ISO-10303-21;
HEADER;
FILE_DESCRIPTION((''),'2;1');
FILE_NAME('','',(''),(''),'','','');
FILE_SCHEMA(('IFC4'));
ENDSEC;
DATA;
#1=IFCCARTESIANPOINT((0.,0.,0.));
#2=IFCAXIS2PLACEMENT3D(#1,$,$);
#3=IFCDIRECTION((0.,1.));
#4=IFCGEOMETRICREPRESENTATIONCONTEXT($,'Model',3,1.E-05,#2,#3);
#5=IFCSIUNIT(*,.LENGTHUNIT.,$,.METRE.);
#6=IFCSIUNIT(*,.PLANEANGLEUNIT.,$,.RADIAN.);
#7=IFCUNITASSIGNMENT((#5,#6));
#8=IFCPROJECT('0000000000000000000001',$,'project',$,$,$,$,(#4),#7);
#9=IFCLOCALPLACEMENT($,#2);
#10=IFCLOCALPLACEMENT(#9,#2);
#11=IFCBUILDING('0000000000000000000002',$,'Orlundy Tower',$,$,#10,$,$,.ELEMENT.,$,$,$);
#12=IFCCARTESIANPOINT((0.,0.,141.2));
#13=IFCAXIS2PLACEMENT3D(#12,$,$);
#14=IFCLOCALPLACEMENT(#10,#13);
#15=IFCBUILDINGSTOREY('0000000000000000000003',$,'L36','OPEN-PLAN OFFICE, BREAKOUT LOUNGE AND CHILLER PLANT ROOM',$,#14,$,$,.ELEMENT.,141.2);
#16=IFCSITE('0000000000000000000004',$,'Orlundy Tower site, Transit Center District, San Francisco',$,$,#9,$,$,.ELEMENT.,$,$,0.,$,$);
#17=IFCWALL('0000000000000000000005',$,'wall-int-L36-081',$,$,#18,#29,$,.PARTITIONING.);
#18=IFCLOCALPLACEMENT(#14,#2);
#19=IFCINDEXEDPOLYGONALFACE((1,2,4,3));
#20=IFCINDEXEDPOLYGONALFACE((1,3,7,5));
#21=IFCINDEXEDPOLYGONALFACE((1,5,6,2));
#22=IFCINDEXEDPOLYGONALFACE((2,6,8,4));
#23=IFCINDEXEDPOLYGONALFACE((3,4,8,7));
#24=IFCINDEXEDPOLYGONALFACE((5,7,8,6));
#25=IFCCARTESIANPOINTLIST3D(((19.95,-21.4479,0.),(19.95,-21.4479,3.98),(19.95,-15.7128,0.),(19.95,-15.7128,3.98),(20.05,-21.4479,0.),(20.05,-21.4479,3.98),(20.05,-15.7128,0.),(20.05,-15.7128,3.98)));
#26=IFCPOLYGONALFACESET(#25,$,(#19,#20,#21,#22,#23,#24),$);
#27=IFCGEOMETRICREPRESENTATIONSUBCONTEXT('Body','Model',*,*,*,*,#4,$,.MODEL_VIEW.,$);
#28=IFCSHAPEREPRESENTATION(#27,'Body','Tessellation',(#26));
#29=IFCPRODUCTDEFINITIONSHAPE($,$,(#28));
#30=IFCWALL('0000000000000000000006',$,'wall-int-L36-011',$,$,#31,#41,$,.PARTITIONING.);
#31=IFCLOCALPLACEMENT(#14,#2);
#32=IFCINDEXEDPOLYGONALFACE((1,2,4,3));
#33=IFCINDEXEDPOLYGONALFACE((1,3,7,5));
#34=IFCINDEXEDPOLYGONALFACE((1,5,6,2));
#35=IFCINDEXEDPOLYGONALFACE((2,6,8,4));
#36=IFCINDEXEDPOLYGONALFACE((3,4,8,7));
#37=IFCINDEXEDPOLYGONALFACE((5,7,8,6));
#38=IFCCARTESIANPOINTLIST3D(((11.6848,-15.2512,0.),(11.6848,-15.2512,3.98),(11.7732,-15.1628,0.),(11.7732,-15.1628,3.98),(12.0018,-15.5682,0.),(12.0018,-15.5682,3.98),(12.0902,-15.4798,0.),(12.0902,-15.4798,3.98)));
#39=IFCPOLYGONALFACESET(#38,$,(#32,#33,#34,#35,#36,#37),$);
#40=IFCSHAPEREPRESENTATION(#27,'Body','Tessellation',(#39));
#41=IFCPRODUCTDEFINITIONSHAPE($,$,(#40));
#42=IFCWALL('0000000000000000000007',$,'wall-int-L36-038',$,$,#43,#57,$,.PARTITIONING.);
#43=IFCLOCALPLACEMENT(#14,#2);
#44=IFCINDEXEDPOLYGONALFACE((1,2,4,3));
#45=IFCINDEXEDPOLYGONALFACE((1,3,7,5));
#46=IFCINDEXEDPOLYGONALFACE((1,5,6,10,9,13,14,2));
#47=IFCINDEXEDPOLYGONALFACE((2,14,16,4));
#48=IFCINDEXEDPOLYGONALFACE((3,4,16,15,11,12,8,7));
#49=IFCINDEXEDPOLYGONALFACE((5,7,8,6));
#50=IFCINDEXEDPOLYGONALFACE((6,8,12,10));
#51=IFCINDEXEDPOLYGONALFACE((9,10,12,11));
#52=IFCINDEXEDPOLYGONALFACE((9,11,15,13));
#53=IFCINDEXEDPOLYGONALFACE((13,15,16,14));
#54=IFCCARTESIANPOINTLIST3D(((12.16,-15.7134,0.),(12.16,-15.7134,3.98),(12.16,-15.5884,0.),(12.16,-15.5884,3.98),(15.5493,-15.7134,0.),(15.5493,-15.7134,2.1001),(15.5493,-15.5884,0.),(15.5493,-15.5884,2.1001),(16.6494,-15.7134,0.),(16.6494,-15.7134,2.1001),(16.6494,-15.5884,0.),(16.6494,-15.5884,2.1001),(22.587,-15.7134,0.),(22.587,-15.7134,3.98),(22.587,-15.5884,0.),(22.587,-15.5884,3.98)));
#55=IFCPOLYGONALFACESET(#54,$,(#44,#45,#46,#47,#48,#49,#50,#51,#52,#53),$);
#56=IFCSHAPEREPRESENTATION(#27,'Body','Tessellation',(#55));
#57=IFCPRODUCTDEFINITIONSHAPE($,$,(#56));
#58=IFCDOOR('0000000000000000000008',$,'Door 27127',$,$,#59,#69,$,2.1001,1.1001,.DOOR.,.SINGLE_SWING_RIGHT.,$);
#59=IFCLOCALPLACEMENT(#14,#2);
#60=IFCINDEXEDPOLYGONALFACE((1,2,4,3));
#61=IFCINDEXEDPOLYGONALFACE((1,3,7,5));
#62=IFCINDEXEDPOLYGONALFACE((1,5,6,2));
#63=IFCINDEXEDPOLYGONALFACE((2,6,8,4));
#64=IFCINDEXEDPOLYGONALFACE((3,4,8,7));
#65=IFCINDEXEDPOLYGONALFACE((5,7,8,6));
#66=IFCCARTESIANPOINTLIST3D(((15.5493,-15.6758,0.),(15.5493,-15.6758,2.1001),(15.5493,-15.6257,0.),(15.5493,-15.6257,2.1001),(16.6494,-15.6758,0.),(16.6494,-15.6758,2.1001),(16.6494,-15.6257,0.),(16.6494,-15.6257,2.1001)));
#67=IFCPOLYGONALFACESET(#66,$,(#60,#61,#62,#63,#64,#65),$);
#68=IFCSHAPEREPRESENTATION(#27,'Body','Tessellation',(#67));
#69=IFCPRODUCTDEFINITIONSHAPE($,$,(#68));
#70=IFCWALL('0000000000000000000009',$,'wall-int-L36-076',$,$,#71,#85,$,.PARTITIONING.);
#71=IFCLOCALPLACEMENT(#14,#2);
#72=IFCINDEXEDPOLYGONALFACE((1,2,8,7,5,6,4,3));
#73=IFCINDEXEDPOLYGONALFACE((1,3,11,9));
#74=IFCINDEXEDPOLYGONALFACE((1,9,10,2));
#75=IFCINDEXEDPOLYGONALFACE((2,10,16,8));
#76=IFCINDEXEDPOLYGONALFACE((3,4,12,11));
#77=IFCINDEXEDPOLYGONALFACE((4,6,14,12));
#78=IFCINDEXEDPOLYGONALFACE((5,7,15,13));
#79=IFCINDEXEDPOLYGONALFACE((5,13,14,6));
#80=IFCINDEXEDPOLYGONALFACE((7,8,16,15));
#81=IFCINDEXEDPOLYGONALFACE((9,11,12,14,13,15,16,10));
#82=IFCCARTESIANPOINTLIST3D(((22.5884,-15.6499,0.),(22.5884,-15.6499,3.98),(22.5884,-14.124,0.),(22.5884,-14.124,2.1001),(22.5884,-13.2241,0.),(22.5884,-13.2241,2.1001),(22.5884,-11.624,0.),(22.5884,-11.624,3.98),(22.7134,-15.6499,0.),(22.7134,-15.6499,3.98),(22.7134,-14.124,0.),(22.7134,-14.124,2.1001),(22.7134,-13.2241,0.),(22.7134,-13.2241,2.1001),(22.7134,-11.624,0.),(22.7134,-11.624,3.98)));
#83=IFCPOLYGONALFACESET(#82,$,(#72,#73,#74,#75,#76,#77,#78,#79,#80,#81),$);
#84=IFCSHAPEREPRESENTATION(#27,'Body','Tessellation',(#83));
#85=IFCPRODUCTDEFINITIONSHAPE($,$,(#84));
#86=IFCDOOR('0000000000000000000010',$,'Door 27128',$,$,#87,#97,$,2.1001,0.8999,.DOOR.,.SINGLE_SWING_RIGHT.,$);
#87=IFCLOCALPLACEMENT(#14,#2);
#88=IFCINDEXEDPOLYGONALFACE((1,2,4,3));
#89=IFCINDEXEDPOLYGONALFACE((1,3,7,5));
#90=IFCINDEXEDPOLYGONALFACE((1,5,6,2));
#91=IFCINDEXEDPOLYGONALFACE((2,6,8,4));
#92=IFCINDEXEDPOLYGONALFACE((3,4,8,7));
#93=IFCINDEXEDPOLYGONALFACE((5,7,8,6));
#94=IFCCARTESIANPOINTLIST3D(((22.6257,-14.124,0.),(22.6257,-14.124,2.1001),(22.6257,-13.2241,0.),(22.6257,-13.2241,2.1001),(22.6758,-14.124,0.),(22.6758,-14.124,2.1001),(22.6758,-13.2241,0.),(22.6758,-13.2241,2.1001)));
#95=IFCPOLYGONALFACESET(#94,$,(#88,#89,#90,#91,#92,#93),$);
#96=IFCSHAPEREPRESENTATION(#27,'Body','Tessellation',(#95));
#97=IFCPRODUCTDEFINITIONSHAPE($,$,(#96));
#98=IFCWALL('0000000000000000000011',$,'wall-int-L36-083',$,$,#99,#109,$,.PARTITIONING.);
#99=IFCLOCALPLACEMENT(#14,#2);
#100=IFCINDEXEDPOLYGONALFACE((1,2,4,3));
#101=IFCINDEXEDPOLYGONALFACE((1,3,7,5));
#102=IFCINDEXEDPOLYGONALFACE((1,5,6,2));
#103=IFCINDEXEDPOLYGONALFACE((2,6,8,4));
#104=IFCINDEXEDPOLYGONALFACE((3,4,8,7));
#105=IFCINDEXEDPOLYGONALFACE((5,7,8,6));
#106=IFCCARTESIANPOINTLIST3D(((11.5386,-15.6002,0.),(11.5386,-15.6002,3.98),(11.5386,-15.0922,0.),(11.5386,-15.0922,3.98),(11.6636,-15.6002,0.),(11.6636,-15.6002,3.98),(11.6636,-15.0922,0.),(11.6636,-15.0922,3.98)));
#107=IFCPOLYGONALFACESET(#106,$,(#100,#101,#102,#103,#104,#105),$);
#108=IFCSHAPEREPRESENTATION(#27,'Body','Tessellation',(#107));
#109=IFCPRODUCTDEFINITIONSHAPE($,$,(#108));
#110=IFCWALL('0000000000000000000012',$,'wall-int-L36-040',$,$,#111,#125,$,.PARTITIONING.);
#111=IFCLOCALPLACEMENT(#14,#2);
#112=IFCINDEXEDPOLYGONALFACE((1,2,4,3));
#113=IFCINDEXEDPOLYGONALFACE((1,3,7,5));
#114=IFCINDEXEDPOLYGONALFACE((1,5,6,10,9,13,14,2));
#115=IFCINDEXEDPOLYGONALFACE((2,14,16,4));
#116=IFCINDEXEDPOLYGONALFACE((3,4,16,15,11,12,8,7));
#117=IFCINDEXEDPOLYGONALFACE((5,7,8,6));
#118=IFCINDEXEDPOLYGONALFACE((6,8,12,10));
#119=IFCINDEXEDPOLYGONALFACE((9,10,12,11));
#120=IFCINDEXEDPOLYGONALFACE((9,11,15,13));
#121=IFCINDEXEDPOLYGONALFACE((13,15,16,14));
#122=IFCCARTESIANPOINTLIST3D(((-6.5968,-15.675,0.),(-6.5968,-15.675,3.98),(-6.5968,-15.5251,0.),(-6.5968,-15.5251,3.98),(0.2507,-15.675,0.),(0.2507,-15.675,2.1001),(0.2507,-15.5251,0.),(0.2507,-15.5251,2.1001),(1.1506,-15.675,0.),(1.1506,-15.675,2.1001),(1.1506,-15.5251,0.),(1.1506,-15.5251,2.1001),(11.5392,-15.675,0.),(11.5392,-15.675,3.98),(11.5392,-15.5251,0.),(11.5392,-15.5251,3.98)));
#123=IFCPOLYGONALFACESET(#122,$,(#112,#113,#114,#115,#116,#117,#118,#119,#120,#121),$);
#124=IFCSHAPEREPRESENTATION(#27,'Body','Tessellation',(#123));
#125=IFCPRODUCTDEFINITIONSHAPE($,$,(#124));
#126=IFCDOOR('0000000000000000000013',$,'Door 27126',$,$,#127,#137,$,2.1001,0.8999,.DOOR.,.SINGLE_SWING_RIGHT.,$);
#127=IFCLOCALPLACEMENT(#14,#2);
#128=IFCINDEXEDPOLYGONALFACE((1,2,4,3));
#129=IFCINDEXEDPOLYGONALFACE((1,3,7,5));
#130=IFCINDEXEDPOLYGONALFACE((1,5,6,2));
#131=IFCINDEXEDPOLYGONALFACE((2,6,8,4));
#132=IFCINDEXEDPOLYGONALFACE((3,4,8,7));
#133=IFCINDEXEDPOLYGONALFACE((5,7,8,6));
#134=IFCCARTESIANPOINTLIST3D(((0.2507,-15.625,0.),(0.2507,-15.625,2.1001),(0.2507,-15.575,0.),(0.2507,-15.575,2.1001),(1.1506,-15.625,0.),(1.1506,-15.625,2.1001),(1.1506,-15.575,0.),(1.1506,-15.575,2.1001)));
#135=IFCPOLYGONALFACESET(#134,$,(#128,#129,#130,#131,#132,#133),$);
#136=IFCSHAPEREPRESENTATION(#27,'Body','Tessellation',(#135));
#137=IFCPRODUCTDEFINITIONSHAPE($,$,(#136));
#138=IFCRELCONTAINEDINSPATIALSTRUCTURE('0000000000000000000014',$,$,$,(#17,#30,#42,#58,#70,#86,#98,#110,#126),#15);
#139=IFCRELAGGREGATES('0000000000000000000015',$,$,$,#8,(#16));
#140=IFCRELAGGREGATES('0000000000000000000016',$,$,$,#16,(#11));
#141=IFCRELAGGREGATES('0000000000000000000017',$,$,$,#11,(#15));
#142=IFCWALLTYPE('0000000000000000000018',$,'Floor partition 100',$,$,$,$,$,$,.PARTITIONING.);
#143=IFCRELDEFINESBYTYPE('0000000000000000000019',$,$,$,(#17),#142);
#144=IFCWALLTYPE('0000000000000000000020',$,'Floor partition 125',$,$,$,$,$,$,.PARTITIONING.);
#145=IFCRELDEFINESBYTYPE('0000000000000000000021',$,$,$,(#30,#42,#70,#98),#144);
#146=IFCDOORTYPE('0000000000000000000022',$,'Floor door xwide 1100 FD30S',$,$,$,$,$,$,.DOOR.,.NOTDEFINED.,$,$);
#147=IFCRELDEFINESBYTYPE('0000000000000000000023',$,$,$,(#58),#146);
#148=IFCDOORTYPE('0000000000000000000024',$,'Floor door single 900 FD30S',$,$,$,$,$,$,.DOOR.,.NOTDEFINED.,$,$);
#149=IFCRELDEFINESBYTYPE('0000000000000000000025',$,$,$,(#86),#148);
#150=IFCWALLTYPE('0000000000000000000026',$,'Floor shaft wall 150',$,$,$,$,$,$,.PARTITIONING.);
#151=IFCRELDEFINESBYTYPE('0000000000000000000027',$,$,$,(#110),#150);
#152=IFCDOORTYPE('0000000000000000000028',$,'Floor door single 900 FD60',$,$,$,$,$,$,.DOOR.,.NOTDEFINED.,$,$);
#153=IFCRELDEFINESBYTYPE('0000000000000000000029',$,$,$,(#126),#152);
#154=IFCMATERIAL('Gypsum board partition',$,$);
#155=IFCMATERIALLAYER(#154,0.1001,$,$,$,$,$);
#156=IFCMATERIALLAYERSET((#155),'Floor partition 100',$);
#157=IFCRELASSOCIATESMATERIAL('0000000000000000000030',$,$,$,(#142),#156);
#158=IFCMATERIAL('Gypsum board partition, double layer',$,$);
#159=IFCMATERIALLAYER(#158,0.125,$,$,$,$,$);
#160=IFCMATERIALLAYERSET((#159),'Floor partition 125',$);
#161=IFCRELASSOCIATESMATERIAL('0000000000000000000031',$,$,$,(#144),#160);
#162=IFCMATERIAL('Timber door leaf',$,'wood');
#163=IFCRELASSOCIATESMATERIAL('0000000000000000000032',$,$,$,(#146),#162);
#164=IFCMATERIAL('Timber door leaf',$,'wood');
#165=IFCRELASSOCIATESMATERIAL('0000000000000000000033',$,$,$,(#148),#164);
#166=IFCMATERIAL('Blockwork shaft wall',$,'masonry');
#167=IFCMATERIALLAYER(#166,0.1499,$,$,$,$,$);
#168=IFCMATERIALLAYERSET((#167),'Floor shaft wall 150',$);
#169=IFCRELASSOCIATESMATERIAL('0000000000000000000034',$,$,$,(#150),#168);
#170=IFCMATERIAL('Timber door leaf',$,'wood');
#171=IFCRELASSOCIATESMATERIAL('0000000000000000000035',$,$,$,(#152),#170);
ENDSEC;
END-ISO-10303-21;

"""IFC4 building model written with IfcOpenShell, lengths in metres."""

from ifc_helpers import new_model, si_unit, direction, frame, frame_2d, origin, place, context, subcontext, project, spatial, rectangle, extrude, material, layer, layer_set, type_object, element, fill, save


model = new_model("IFC4")

# Units and contexts
model_context = context("Model", 3, precision=1e-05, world=origin(), true_north=direction((0.0, 1.0)))
body_context = subcontext(model_context, "Body", "Model", "MODEL_VIEW")
ifc_project = project(units=[si_unit("LENGTHUNIT", "METRE"), si_unit("PLANEANGLEUNIT", "RADIAN")], contexts=[model_context])

# Site, building, storey
site_placement = place(None, origin())
site = spatial("IfcSite", under=ifc_project, at=site_placement, Name="Orlundy Tower site, Transit Center District, San Francisco", CompositionType="ELEMENT", RefElevation=0.0)
building_placement = place(site_placement, origin())
building = spatial("IfcBuilding", under=site, at=building_placement, Name="Orlundy Tower", CompositionType="ELEMENT")
storey_placement = place(building_placement, frame((0.0, 0.0, 141.2)))
storey = spatial("IfcBuildingStorey", under=building, at=storey_placement, Name="L36", Description="OPEN-PLAN OFFICE, BREAKOUT LOUNGE AND CHILLER PLANT ROOM", CompositionType="ELEMENT", Elevation=141.2)

# Walls
ifc_material_1 = material(Name="Gypsum board partition")
ifc_layer_1 = layer(ifc_material_1, 0.1001)
ifc_layer_set_1 = layer_set([ifc_layer_1], Name="Floor partition 100")
wall_type_1 = type_object("IfcWallType", Name="Floor partition 100", PredefinedType="PARTITIONING", material=ifc_layer_set_1)
wall_1_placement = place(storey_placement, frame((20.0, -21.448, 0.0), z_axis=(0.0, 0.0, 1.0), x_axis=(0.0, 1.0, 0.0)))
element("IfcWall", 1, at=wall_1_placement, inside=storey, type_object=wall_type_1, Name="wall-int-L36-081", PredefinedType="PARTITIONING", context=body_context, shape_type="SweptSolid", body=[
    extrude(rectangle(XDim=5.7351, YDim=0.1001, at=frame_2d((2.8677, 0.0))), origin(), (0.0, 0.0, 1.0), 3.98),
])
ifc_material_2 = material(Name="Gypsum board partition, double layer")
ifc_layer_2 = layer(ifc_material_2, 0.125)
ifc_layer_set_2 = layer_set([ifc_layer_2], Name="Floor partition 125")
wall_type_2 = type_object("IfcWallType", Name="Floor partition 125", PredefinedType="PARTITIONING", material=ifc_layer_set_2)
wall_2_placement = place(storey_placement, frame((11.729, -15.207, 0.0), z_axis=(0.0, 0.0, 1.0), x_axis=(0.707107, -0.707107, 0.0)))
element("IfcWall", 2, at=wall_2_placement, inside=storey, type_object=wall_type_2, Name="wall-int-L36-011", PredefinedType="PARTITIONING", context=body_context, shape_type="SweptSolid", body=[
    extrude(rectangle(XDim=0.4482, YDim=0.125, at=frame_2d((0.2241, 0.0))), origin(), (0.0, 0.0, 1.0), 3.98),
])

# Walls, openings, doors
wall_3_placement = place(storey_placement, frame((22.5869, -15.6509, 0.0), z_axis=(0.0, 0.0, 1.0), x_axis=(-1.0, 0.0, 0.0)))
wall_3 = element("IfcWall", 3, at=wall_3_placement, inside=storey, type_object=wall_type_2, Name="wall-int-L36-038", PredefinedType="PARTITIONING", context=body_context, shape_type="SweptSolid", body=[
    extrude(rectangle(XDim=10.427, YDim=0.125, at=frame_2d((5.2134, 0.0))), origin(), (0.0, 0.0, 1.0), 3.98),
])
opening_1_placement = place(wall_3_placement, frame((5.9375, 0.0, 0.0)))
opening_1 = element("IfcOpeningElement", 4, at=opening_1_placement, cuts=wall_3, PredefinedType="OPENING", context=body_context, shape_type="SweptSolid", body=[
    extrude(rectangle(XDim=1.1001, YDim=2.1001, at=frame_2d((0.55, 1.05))), frame((0.0, 0.0725, 0.0), z_axis=(0.0, -1.0, 0.0), x_axis=(1.0, 0.0, 0.0)), (0.0, 0.0, 1.0), 0.145),
])
ifc_material_3 = material(Name="Timber door leaf", Category="wood")
door_type_1 = type_object("IfcDoorType", Name="Floor door xwide 1100 FD30S", OperationType="NOTDEFINED", PredefinedType="DOOR", material=ifc_material_3)
door_1_placement = place(opening_1_placement, origin())
door_1 = element("IfcDoor", 5, at=door_1_placement, inside=storey, type_object=door_type_1, Name="Door 27127", OperationType="SINGLE_SWING_RIGHT", OverallHeight=2.1001, OverallWidth=1.1001, PredefinedType="DOOR", context=body_context, shape_type="SweptSolid", body=[
    extrude(rectangle(XDim=1.1001, YDim=2.1001, at=frame_2d((0.55, 1.05))), frame((0.0, 0.0249, 0.0), z_axis=(0.0, -1.0, 0.0), x_axis=(1.0, 0.0, 0.0)), (0.0, 0.0, 1.0), 0.05),
])
fill(opening_1, door_1)
wall_4_placement = place(storey_placement, frame((22.6509, -11.624, 0.0), z_axis=(0.0, 0.0, 1.0), x_axis=(0.0, -1.0, 0.0)))
wall_4 = element("IfcWall", 6, at=wall_4_placement, inside=storey, type_object=wall_type_2, Name="wall-int-L36-076", PredefinedType="PARTITIONING", context=body_context, shape_type="SweptSolid", body=[
    extrude(rectangle(XDim=4.0259, YDim=0.125, at=frame_2d((2.0129, 0.0))), origin(), (0.0, 0.0, 1.0), 3.98),
])
opening_2_placement = place(wall_4_placement, frame((1.6001, 0.0, 0.0)))
opening_2 = element("IfcOpeningElement", 7, at=opening_2_placement, cuts=wall_4, PredefinedType="OPENING", context=body_context, shape_type="SweptSolid", body=[
    extrude(rectangle(XDim=0.8999, YDim=2.1001, at=frame_2d((0.45, 1.05))), frame((0.0, 0.0725, 0.0), z_axis=(0.0, -1.0, 0.0), x_axis=(1.0, 0.0, 0.0)), (0.0, 0.0, 1.0), 0.145),
])
ifc_material_4 = material(Name="Timber door leaf", Category="wood")
door_type_2 = type_object("IfcDoorType", Name="Floor door single 900 FD30S", OperationType="NOTDEFINED", PredefinedType="DOOR", material=ifc_material_4)
door_2_placement = place(opening_2_placement, origin())
door_2 = element("IfcDoor", 8, at=door_2_placement, inside=storey, type_object=door_type_2, Name="Door 27128", OperationType="SINGLE_SWING_RIGHT", OverallHeight=2.1001, OverallWidth=0.8999, PredefinedType="DOOR", context=body_context, shape_type="SweptSolid", body=[
    extrude(rectangle(XDim=0.8999, YDim=2.1001, at=frame_2d((0.45, 1.05))), frame((0.0, 0.0249, 0.0), z_axis=(0.0, -1.0, 0.0), x_axis=(1.0, 0.0, 0.0)), (0.0, 0.0, 1.0), 0.05),
])
fill(opening_2, door_2)

# Wall
wall_5_placement = place(storey_placement, frame((11.6011, -15.6001, 0.0), z_axis=(0.0, 0.0, 1.0), x_axis=(0.0, 1.0, 0.0)))
element("IfcWall", 9, at=wall_5_placement, inside=storey, type_object=wall_type_2, Name="wall-int-L36-083", PredefinedType="PARTITIONING", context=body_context, shape_type="SweptSolid", body=[
    extrude(rectangle(XDim=0.5081, YDim=0.125, at=frame_2d((0.2539, 0.0))), origin(), (0.0, 0.0, 1.0), 3.98),
])

# Wall, opening, door
ifc_material_5 = material(Name="Blockwork shaft wall", Category="masonry")
ifc_layer_3 = layer(ifc_material_5, 0.1499)
ifc_layer_set_3 = layer_set([ifc_layer_3], Name="Floor shaft wall 150")
wall_type_3 = type_object("IfcWallType", Name="Floor shaft wall 150", PredefinedType="PARTITIONING", material=ifc_layer_set_3)
wall_6_placement = place(storey_placement, frame((11.5391, -15.6001, 0.0), z_axis=(0.0, 0.0, 1.0), x_axis=(-1.0, 0.0, 0.0)))
wall_6 = element("IfcWall", 10, at=wall_6_placement, inside=storey, type_object=wall_type_3, Name="wall-int-L36-040", PredefinedType="PARTITIONING", context=body_context, shape_type="SweptSolid", body=[
    extrude(rectangle(XDim=18.136, YDim=0.1499, at=frame_2d((9.0679, 0.0))), origin(), (0.0, 0.0, 1.0), 3.98),
])
opening_3_placement = place(wall_6_placement, frame((10.3884, 0.0, 0.0)))
opening_3 = element("IfcOpeningElement", 11, at=opening_3_placement, cuts=wall_6, PredefinedType="OPENING", context=body_context, shape_type="SweptSolid", body=[
    extrude(rectangle(XDim=0.8999, YDim=2.1001, at=frame_2d((0.45, 1.05))), frame((0.0, 0.085, 0.0), z_axis=(0.0, -1.0, 0.0), x_axis=(1.0, 0.0, 0.0)), (0.0, 0.0, 1.0), 0.1699),
])
ifc_material_6 = material(Name="Timber door leaf", Category="wood")
door_type_3 = type_object("IfcDoorType", Name="Floor door single 900 FD60", OperationType="NOTDEFINED", PredefinedType="DOOR", material=ifc_material_6)
door_3_placement = place(opening_3_placement, origin())
door_3 = element("IfcDoor", 12, at=door_3_placement, inside=storey, type_object=door_type_3, Name="Door 27126", OperationType="SINGLE_SWING_RIGHT", OverallHeight=2.1001, OverallWidth=0.8999, PredefinedType="DOOR", context=body_context, shape_type="SweptSolid", body=[
    extrude(rectangle(XDim=0.8999, YDim=2.1001, at=frame_2d((0.45, 1.05))), frame((0.0, 0.0249, 0.0), z_axis=(0.0, -1.0, 0.0), x_axis=(1.0, 0.0, 0.0)), (0.0, 0.0, 1.0), 0.05),
])
fill(opening_3, door_3)

save(model, "model.ifc")
